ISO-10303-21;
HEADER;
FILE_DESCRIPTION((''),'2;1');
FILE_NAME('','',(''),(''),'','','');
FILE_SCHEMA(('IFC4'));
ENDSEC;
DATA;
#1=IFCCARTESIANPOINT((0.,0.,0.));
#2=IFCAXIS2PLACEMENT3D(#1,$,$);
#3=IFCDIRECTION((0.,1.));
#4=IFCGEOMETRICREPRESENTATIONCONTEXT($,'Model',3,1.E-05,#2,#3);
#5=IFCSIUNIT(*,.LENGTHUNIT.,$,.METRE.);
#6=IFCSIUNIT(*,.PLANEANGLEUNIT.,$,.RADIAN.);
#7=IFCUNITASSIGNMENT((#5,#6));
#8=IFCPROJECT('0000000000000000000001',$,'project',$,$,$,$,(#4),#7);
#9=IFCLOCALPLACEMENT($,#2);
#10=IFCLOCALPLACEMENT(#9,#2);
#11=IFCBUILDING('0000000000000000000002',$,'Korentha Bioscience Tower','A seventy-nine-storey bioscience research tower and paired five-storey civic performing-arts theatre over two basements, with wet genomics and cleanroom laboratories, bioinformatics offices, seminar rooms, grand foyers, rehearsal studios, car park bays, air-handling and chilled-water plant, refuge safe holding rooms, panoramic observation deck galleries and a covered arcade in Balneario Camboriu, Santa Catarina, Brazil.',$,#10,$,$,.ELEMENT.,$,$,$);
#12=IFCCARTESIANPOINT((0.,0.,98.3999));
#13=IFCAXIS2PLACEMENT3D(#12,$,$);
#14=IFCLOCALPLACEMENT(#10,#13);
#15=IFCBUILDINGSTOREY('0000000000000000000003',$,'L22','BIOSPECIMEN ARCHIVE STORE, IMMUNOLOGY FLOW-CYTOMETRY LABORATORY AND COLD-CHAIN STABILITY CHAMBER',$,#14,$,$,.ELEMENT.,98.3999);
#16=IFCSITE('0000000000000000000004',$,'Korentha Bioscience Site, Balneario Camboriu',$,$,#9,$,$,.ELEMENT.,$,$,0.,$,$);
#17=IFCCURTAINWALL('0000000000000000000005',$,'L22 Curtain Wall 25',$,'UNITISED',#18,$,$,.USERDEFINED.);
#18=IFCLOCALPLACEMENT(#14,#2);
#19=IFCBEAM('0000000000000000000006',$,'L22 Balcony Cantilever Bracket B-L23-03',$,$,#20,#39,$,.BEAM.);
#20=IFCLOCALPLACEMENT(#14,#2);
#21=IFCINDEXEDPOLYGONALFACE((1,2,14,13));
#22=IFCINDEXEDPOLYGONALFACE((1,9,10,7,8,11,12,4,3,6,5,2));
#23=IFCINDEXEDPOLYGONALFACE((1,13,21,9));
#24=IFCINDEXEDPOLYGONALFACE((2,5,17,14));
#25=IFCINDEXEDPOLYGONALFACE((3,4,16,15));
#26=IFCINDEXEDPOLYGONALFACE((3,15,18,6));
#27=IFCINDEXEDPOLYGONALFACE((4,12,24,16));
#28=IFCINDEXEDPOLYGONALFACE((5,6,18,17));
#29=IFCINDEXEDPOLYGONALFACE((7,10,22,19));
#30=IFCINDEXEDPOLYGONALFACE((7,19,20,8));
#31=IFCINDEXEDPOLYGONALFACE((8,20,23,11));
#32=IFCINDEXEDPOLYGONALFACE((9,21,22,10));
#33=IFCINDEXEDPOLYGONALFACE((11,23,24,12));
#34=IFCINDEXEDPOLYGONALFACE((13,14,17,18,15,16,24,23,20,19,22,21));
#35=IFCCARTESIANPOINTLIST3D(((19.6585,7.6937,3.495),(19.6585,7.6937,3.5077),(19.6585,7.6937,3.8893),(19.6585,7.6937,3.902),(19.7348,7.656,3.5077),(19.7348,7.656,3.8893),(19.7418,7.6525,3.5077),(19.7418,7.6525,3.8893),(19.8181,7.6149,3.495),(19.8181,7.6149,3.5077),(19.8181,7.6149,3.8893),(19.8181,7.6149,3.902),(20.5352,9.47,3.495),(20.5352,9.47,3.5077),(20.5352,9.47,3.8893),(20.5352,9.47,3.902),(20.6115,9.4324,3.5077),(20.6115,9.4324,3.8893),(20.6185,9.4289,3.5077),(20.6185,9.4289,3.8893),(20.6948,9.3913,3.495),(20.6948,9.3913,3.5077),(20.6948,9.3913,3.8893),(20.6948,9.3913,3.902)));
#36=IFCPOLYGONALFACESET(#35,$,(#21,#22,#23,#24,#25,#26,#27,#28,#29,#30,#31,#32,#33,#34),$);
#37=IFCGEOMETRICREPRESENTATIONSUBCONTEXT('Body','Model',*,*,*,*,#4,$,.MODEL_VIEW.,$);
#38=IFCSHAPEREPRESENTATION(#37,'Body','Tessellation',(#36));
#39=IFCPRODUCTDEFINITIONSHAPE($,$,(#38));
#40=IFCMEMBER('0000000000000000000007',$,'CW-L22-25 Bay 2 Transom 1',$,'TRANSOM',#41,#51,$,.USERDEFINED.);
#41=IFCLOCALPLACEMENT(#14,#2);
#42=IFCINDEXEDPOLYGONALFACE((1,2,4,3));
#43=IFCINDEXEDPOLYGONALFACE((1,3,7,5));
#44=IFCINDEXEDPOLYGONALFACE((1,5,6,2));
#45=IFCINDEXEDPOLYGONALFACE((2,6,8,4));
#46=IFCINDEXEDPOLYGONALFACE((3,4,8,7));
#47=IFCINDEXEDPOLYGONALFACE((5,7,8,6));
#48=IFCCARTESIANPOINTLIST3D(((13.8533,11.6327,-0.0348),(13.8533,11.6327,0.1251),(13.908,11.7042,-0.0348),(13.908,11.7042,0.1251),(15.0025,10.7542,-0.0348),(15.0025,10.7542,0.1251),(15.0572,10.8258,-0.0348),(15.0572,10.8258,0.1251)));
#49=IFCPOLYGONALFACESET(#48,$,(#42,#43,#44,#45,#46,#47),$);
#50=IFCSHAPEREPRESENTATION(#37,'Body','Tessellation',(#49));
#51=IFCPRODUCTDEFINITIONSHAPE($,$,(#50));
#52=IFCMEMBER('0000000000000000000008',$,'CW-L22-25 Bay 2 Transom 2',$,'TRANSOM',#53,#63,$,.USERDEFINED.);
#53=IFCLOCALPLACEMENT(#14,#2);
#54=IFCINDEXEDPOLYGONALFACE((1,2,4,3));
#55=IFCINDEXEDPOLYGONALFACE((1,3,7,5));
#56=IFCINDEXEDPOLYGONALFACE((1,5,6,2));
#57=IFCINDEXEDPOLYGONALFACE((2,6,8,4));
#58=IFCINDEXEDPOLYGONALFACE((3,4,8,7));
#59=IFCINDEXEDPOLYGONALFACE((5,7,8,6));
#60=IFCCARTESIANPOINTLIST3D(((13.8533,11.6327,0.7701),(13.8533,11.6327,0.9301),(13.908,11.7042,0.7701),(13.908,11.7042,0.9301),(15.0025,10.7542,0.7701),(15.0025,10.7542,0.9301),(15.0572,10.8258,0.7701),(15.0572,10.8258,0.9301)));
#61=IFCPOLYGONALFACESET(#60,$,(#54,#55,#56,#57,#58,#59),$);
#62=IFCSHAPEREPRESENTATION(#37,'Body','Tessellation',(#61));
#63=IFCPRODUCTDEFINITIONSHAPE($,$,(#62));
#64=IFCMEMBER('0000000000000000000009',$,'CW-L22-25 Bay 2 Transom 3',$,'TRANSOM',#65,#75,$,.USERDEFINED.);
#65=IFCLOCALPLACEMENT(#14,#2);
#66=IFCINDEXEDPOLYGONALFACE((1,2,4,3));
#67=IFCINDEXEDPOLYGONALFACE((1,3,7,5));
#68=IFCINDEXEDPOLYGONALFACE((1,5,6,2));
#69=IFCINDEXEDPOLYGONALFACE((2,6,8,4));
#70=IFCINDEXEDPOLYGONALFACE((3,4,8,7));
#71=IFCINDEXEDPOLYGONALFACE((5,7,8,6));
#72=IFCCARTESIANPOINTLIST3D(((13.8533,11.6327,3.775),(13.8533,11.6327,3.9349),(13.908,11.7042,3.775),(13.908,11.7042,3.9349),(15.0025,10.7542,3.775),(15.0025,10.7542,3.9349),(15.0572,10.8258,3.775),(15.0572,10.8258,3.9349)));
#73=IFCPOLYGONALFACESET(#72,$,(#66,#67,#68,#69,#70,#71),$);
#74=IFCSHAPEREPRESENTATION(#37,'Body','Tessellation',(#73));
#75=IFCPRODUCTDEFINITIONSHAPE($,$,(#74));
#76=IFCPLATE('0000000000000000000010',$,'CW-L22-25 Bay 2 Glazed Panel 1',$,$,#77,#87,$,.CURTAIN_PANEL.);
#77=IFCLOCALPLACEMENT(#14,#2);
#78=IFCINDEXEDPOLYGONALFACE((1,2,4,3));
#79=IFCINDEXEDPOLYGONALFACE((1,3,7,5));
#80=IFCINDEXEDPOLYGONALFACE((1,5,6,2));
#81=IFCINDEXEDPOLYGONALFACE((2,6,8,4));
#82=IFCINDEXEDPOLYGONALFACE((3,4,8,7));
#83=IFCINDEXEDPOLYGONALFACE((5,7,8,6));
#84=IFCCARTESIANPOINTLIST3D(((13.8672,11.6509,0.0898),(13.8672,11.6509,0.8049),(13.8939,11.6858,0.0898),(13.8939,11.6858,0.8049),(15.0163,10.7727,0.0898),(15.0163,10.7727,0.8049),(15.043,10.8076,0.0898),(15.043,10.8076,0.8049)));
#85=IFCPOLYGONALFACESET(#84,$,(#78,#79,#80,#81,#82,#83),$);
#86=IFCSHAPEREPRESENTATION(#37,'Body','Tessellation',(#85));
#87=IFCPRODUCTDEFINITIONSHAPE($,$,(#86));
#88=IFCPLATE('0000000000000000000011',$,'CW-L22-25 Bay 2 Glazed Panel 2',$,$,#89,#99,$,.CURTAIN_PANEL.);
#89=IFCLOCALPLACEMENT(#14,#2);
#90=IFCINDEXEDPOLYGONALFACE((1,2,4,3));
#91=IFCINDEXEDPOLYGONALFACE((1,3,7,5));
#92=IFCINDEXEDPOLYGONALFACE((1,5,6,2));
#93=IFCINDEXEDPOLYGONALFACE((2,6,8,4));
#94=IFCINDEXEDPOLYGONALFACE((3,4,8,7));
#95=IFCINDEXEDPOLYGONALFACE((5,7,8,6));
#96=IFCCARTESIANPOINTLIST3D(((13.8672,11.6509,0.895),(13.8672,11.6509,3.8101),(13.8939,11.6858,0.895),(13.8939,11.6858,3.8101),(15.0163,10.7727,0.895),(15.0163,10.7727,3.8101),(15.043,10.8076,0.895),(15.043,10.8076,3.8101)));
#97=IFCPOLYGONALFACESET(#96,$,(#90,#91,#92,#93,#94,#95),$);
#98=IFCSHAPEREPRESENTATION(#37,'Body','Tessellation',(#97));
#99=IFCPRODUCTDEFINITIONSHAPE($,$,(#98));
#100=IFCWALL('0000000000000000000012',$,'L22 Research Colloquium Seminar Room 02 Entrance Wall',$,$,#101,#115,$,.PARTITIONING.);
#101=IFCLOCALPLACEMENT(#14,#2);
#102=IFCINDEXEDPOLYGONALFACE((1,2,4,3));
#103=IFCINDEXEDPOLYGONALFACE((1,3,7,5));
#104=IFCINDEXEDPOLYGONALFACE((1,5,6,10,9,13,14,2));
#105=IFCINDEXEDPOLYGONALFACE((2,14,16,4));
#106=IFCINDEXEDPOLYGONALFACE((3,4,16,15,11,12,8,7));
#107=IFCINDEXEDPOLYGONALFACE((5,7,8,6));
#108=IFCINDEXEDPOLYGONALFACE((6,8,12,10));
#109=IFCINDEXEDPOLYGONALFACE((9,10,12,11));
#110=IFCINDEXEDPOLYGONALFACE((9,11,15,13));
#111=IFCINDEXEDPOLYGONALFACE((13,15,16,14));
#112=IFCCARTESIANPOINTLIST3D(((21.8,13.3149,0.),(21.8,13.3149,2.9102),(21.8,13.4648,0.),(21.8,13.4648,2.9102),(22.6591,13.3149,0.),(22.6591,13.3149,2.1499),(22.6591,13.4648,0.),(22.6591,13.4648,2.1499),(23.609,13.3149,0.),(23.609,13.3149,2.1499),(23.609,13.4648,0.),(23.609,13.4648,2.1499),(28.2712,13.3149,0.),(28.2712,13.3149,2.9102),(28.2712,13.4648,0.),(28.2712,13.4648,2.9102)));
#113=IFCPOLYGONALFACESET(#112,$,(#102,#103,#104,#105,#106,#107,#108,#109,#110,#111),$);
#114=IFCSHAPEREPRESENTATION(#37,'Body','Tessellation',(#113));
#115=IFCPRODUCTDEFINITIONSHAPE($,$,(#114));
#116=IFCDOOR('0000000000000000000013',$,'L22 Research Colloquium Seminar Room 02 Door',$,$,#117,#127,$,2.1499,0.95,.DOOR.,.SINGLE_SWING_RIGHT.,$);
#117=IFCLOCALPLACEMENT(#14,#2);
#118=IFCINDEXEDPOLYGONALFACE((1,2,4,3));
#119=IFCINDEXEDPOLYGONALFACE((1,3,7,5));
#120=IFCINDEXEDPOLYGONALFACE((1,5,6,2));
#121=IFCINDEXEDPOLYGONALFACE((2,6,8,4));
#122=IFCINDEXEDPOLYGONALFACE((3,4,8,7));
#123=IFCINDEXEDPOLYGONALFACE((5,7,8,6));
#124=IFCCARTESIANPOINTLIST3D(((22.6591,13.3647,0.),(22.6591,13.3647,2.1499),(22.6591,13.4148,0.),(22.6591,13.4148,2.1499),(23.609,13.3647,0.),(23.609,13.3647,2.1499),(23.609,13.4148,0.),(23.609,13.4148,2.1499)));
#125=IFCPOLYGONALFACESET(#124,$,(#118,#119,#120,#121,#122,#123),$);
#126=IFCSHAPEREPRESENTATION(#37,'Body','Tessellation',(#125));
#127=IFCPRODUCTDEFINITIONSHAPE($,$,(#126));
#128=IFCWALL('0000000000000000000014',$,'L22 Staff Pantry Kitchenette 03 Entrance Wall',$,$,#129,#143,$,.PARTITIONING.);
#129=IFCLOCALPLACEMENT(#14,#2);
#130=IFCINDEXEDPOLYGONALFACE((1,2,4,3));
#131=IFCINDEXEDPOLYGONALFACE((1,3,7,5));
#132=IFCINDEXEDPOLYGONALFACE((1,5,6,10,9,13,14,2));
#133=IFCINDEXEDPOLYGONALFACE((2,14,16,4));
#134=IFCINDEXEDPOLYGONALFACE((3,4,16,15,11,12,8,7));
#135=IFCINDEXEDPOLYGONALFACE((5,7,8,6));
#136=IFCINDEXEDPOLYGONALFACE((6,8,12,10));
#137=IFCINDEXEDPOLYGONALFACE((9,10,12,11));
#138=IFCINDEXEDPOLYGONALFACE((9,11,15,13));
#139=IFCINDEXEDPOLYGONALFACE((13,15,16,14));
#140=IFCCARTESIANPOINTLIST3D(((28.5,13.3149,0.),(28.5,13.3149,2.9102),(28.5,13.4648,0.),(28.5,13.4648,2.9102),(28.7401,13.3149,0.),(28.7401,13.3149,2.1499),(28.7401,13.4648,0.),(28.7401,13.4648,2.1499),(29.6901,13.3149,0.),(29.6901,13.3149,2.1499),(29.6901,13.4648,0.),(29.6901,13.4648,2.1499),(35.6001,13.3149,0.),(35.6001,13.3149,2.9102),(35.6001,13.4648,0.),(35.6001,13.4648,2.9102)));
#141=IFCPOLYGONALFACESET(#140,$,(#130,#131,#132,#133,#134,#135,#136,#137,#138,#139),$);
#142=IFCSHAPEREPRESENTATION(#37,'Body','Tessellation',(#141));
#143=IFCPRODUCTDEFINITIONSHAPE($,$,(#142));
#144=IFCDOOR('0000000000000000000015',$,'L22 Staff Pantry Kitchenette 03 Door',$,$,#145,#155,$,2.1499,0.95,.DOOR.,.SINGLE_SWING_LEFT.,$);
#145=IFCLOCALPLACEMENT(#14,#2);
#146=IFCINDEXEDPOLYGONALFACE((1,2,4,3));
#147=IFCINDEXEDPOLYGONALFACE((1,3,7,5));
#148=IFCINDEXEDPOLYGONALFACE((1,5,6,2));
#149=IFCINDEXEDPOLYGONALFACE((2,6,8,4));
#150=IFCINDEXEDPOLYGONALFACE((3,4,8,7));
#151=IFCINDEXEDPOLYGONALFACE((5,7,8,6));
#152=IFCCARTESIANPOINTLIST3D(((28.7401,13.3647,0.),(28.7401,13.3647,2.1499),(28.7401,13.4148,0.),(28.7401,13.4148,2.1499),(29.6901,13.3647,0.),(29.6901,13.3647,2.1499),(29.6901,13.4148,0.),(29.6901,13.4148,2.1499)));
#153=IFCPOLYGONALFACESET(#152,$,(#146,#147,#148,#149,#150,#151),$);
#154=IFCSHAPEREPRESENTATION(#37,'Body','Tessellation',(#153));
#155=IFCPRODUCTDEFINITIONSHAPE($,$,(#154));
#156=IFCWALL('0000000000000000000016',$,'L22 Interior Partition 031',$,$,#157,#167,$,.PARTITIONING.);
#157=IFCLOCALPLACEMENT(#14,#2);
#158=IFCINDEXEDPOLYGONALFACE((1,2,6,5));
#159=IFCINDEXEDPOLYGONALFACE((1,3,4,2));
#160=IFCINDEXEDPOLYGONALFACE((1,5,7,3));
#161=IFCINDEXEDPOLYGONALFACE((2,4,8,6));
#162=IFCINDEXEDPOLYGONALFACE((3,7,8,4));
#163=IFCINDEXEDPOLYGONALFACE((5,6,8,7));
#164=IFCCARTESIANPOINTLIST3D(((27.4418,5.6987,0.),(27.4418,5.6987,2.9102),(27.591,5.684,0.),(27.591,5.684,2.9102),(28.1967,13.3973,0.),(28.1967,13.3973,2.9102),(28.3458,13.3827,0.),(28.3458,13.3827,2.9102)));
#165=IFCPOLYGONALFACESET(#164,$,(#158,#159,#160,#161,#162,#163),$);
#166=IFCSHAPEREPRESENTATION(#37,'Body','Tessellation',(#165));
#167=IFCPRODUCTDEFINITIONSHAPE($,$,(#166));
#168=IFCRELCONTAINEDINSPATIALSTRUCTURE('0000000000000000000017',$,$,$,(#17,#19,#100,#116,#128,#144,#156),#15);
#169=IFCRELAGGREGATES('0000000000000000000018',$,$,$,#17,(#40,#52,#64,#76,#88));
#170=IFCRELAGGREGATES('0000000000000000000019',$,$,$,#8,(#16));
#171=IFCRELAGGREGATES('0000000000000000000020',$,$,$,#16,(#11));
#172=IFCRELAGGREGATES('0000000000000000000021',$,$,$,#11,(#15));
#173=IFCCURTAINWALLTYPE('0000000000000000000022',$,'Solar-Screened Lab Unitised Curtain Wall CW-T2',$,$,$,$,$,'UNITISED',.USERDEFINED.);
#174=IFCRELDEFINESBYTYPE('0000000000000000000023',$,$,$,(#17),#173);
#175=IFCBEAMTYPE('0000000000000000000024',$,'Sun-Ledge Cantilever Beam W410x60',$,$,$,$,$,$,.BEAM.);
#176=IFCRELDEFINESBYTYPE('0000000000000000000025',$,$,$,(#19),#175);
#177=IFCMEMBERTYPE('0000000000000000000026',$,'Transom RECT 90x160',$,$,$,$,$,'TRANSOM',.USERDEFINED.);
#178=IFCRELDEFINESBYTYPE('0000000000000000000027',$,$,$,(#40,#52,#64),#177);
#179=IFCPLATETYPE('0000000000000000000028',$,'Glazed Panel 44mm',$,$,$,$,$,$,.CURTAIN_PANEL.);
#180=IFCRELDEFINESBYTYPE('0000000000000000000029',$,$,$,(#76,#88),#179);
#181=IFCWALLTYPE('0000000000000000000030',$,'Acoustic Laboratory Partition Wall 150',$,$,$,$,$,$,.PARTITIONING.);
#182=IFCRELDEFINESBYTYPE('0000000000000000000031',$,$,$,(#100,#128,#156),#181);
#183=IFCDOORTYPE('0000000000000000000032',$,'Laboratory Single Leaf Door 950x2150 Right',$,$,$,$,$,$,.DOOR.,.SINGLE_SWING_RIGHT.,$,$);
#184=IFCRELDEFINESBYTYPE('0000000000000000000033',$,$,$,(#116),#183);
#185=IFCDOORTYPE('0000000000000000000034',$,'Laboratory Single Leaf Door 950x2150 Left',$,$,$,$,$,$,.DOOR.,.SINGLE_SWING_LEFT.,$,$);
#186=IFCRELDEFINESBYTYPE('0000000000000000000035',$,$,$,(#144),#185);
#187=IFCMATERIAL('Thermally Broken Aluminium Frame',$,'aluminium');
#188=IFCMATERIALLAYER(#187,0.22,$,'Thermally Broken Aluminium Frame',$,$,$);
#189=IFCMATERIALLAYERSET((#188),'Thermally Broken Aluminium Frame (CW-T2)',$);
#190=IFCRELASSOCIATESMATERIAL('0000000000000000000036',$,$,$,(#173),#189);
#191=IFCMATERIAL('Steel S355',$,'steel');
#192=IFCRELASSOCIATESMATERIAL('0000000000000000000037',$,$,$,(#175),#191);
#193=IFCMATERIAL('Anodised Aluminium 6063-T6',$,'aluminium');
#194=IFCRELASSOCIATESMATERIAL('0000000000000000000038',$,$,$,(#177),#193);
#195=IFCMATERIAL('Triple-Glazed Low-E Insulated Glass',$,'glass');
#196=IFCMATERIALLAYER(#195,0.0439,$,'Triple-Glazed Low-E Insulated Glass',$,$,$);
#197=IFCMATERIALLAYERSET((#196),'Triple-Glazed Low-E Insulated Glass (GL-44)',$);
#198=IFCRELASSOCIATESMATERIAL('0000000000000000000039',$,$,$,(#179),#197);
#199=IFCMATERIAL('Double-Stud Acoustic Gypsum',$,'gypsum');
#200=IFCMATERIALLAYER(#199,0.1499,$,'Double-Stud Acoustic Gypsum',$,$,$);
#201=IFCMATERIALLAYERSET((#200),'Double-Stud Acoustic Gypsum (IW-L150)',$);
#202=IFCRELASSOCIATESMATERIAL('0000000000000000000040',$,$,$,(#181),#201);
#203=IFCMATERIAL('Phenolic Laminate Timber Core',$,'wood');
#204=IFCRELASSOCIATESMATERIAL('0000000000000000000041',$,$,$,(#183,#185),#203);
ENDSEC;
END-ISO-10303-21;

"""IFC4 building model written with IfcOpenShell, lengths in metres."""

from ifc_helpers import new_model, si_unit, direction, frame, frame_2d, origin, origin_2d, place, context, subcontext, project, spatial, rectangle, i_section, extrude, material, layer, layer_set, material_profile, profile_set, type_object, element, fill, aggregate, save


model = new_model("IFC4")

# Units and contexts
model_context = context("Model", 3, precision=1e-05, world=origin(), true_north=direction((0.0, 1.0)))
body_context = subcontext(model_context, "Body", "Model", "MODEL_VIEW")
ifc_project = project(units=[si_unit("LENGTHUNIT", "METRE"), si_unit("PLANEANGLEUNIT", "RADIAN")], contexts=[model_context])

# Site, building, storey
site_placement = place(None, origin())
site = spatial("IfcSite", under=ifc_project, at=site_placement, Name="Korentha Bioscience Site, Balneario Camboriu", CompositionType="ELEMENT", RefElevation=0.0)
building_placement = place(site_placement, origin())
building = spatial("IfcBuilding", under=site, at=building_placement, Name="Korentha Bioscience Tower", Description="A seventy-nine-storey bioscience research tower and paired five-storey civic performing-arts theatre over two basements, with wet genomics and cleanroom laboratories, bioinformatics offices, seminar rooms, grand foyers, rehearsal studios, car park bays, air-handling and chilled-water plant, refuge safe holding rooms, panoramic observation deck galleries and a covered arcade in Balneario Camboriu, Santa Catarina, Brazil.", CompositionType="ELEMENT")
storey_placement = place(building_placement, frame((0.0, 0.0, 98.3999)))
storey = spatial("IfcBuildingStorey", under=building, at=storey_placement, Name="L22", Description="BIOSPECIMEN ARCHIVE STORE, IMMUNOLOGY FLOW-CYTOMETRY LABORATORY AND COLD-CHAIN STABILITY CHAMBER", CompositionType="ELEMENT", Elevation=98.3999)

# Curtain wall
ifc_material_1 = material(Name="Thermally Broken Aluminium Frame", Category="aluminium")
ifc_layer_1 = layer(ifc_material_1, 0.22, Name="Thermally Broken Aluminium Frame")
ifc_layer_set_1 = layer_set([ifc_layer_1], Name="Thermally Broken Aluminium Frame (CW-T2)")
curtain_wall_type = type_object("IfcCurtainWallType", Name="Solar-Screened Lab Unitised Curtain Wall CW-T2", ElementType="UNITISED", PredefinedType="USERDEFINED", material=ifc_layer_set_1)
curtain_wall_placement = place(storey_placement, origin())
curtain_wall = element("IfcCurtainWall", 1, at=curtain_wall_placement, inside=storey, type_object=curtain_wall_type, Name="L22 Curtain Wall 25", ObjectType="UNITISED", PredefinedType="USERDEFINED")
ifc_material_2 = material(Name="Anodised Aluminium 6063-T6", Category="aluminium")

# Beam
ifc_material_3 = material(Name="Steel S355", Category="steel")
ifc_material_profile_1 = material_profile(ifc_material_3, i_section(OverallWidth=0.178, OverallDepth=0.407, WebThickness=0.0078, FlangeThickness=0.0127, at=origin_2d()), Name="Steel S355")
ifc_profile_set_1 = profile_set([ifc_material_profile_1], Name="Steel S355 (CB-410)")
beam_type_1 = type_object("IfcBeamType", Name="Sun-Ledge Cantilever Beam W410x60", PredefinedType="BEAM", material=ifc_profile_set_1)
beam_1_placement = place(storey_placement, frame((20.615, 9.4307, 3.6985), z_axis=(-0.442574, -0.896732, 0.0), x_axis=(0.896732, -0.442574, 0.0)))
element("IfcBeam", 2, at=beam_1_placement, inside=storey, type_object=beam_type_1, Name="L22 Balcony Cantilever Bracket B-L23-03", PredefinedType="BEAM", context=body_context, shape_type="SweptSolid", body=[
    extrude(i_section(OverallWidth=0.178, OverallDepth=0.407, WebThickness=0.0078, FlangeThickness=0.0127, at=origin_2d()), origin(), (0.0, 0.0, 1.0), 1.981),
])

# Members
ifc_material_profile_2 = material_profile(ifc_material_2, rectangle(XDim=0.0901, YDim=0.1599, at=origin_2d()), Name="Anodised Aluminium 6063-T6")
ifc_profile_set_2 = profile_set([ifc_material_profile_2], Name="Anodised Aluminium 6063-T6 (CW-TRN)")
member_type_1 = type_object("IfcMemberType", Name="Transom RECT 90x160", ElementType="TRANSOM", PredefinedType="USERDEFINED", material=ifc_profile_set_2)
member_1_placement = place(storey_placement, frame((13.8806, 11.6685, 0.0452), z_axis=(0.794478, -0.607293, 0.0), x_axis=(0.607293, 0.794478, 0.0)))
member_1 = element("IfcMember", 3, at=member_1_placement, type_object=member_type_1, Name="CW-L22-25 Bay 2 Transom 1", ObjectType="TRANSOM", PredefinedType="USERDEFINED", context=body_context, shape_type="SweptSolid", body=[
    extrude(rectangle(XDim=0.0901, YDim=0.1599, at=origin_2d()), origin(), (0.0, 0.0, 1.0), 1.4465),
])
member_2_placement = place(storey_placement, frame((13.8806, 11.6685, 0.8501), z_axis=(0.794478, -0.607293, 0.0), x_axis=(0.607293, 0.794478, 0.0)))
member_2 = element("IfcMember", 4, at=member_2_placement, type_object=member_type_1, Name="CW-L22-25 Bay 2 Transom 2", ObjectType="TRANSOM", PredefinedType="USERDEFINED", context=body_context, shape_type="SweptSolid", body=[
    extrude(rectangle(XDim=0.0901, YDim=0.1599, at=origin_2d()), origin(), (0.0, 0.0, 1.0), 1.4465),
])
member_3_placement = place(storey_placement, frame((13.8806, 11.6685, 3.855), z_axis=(0.794478, -0.607293, 0.0), x_axis=(0.607293, 0.794478, 0.0)))
member_3 = element("IfcMember", 5, at=member_3_placement, type_object=member_type_1, Name="CW-L22-25 Bay 2 Transom 3", ObjectType="TRANSOM", PredefinedType="USERDEFINED", context=body_context, shape_type="SweptSolid", body=[
    extrude(rectangle(XDim=0.0901, YDim=0.1599, at=origin_2d()), origin(), (0.0, 0.0, 1.0), 1.4465),
])

# Plates
ifc_material_4 = material(Name="Triple-Glazed Low-E Insulated Glass", Category="glass")
ifc_layer_2 = layer(ifc_material_4, 0.0439, Name="Triple-Glazed Low-E Insulated Glass")
ifc_layer_set_2 = layer_set([ifc_layer_2], Name="Triple-Glazed Low-E Insulated Glass (GL-44)")
plate_type = type_object("IfcPlateType", Name="Glazed Panel 44mm", PredefinedType="CURTAIN_PANEL", material=ifc_layer_set_2)
plate_1_placement = place(storey_placement, frame((14.4551, 11.2292, 0.0898), z_axis=(0.0, 0.0, 1.0), x_axis=(0.7945, -0.607265, 0.0)))
plate_1 = element("IfcPlate", 6, at=plate_1_placement, type_object=plate_type, Name="CW-L22-25 Bay 2 Glazed Panel 1", PredefinedType="CURTAIN_PANEL", context=body_context, shape_type="SweptSolid", body=[
    extrude(rectangle(XDim=1.4463, YDim=0.0439, at=origin_2d()), origin(), (0.0, 0.0, 1.0), 0.7151),
])
plate_2_placement = place(storey_placement, frame((14.4551, 11.2292, 0.895), z_axis=(0.0, 0.0, 1.0), x_axis=(0.7945, -0.607265, 0.0)))
plate_2 = element("IfcPlate", 7, at=plate_2_placement, type_object=plate_type, Name="CW-L22-25 Bay 2 Glazed Panel 2", PredefinedType="CURTAIN_PANEL", context=body_context, shape_type="SweptSolid", body=[
    extrude(rectangle(XDim=1.4463, YDim=0.0439, at=origin_2d()), origin(), (0.0, 0.0, 1.0), 2.915),
])
aggregate(curtain_wall, [member_1, member_2, member_3, plate_1, plate_2])

# Walls, openings, doors
ifc_material_5 = material(Name="Double-Stud Acoustic Gypsum", Category="gypsum")
ifc_layer_3 = layer(ifc_material_5, 0.1499, Name="Double-Stud Acoustic Gypsum")
ifc_layer_set_3 = layer_set([ifc_layer_3], Name="Double-Stud Acoustic Gypsum (IW-L150)")
wall_type_1 = type_object("IfcWallType", Name="Acoustic Laboratory Partition Wall 150", PredefinedType="PARTITIONING", material=ifc_layer_set_3)
wall_1_placement = place(storey_placement, frame((21.8, 13.3899, 0.0), z_axis=(0.0, 0.0, 1.0), x_axis=(1.0, 0.0, 0.0)))
wall_1 = element("IfcWall", 8, at=wall_1_placement, inside=storey, type_object=wall_type_1, Name="L22 Research Colloquium Seminar Room 02 Entrance Wall", PredefinedType="PARTITIONING", context=body_context, shape_type="SweptSolid", body=[
    extrude(rectangle(XDim=6.4712, YDim=0.1499, at=frame_2d((3.2356, 0.0))), origin(), (0.0, 0.0, 1.0), 2.9102),
])
opening_1_placement = place(wall_1_placement, frame((0.8589, 0.0, 0.0)))
opening_1 = element("IfcOpeningElement", 9, at=opening_1_placement, cuts=wall_1, PredefinedType="OPENING", context=body_context, shape_type="SweptSolid", body=[
    extrude(rectangle(XDim=0.95, YDim=2.1499, at=frame_2d((0.4751, 1.075))), frame((0.0, 0.0898, 0.0), z_axis=(0.0, -1.0, 0.0), x_axis=(1.0, 0.0, 0.0)), (0.0, 0.0, 1.0), 0.1797),
])
ifc_material_6 = material(Name="Phenolic Laminate Timber Core", Category="wood")
door_type_1 = type_object("IfcDoorType", Name="Laboratory Single Leaf Door 950x2150 Right", OperationType="SINGLE_SWING_RIGHT", PredefinedType="DOOR", material=ifc_material_6)
door_1_placement = place(opening_1_placement, origin())
door_1 = element("IfcDoor", 10, at=door_1_placement, inside=storey, type_object=door_type_1, Name="L22 Research Colloquium Seminar Room 02 Door", OperationType="SINGLE_SWING_RIGHT", OverallHeight=2.1499, OverallWidth=0.95, PredefinedType="DOOR", context=body_context, shape_type="SweptSolid", body=[
    extrude(rectangle(XDim=0.95, YDim=2.1499, at=frame_2d((0.4751, 1.075))), frame((0.0, 0.0249, 0.0), z_axis=(0.0, -1.0, 0.0), x_axis=(1.0, 0.0, 0.0)), (0.0, 0.0, 1.0), 0.05),
])
fill(opening_1, door_1)
wall_2_placement = place(storey_placement, frame((28.5, 13.3899, 0.0), z_axis=(0.0, 0.0, 1.0), x_axis=(1.0, 0.0, 0.0)))
wall_2 = element("IfcWall", 11, at=wall_2_placement, inside=storey, type_object=wall_type_1, Name="L22 Staff Pantry Kitchenette 03 Entrance Wall", PredefinedType="PARTITIONING", context=body_context, shape_type="SweptSolid", body=[
    extrude(rectangle(XDim=7.1001, YDim=0.1499, at=frame_2d((3.55, 0.0))), origin(), (0.0, 0.0, 1.0), 2.9102),
])
opening_2_placement = place(wall_2_placement, frame((0.24, 0.0, 0.0)))
opening_2 = element("IfcOpeningElement", 12, at=opening_2_placement, cuts=wall_2, PredefinedType="OPENING", context=body_context, shape_type="SweptSolid", body=[
    extrude(rectangle(XDim=0.95, YDim=2.1499, at=frame_2d((0.4751, 1.075))), frame((0.0, 0.0898, 0.0), z_axis=(0.0, -1.0, 0.0), x_axis=(1.0, 0.0, 0.0)), (0.0, 0.0, 1.0), 0.1797),
])
door_type_2 = type_object("IfcDoorType", Name="Laboratory Single Leaf Door 950x2150 Left", OperationType="SINGLE_SWING_LEFT", PredefinedType="DOOR", material=ifc_material_6)
door_2_placement = place(opening_2_placement, origin())
door_2 = element("IfcDoor", 13, at=door_2_placement, inside=storey, type_object=door_type_2, Name="L22 Staff Pantry Kitchenette 03 Door", OperationType="SINGLE_SWING_LEFT", OverallHeight=2.1499, OverallWidth=0.95, PredefinedType="DOOR", context=body_context, shape_type="SweptSolid", body=[
    extrude(rectangle(XDim=0.95, YDim=2.1499, at=frame_2d((0.4751, 1.075))), frame((0.0, 0.0249, 0.0), z_axis=(0.0, -1.0, 0.0), x_axis=(1.0, 0.0, 0.0)), (0.0, 0.0, 1.0), 0.05),
])
fill(opening_2, door_2)

# Wall
wall_3_placement = place(storey_placement, frame((28.2712, 13.3899, 0.0), z_axis=(0.0, 0.0, 1.0), x_axis=(-0.097585, -0.995227, 0.0)))
element("IfcWall", 14, at=wall_3_placement, inside=storey, type_object=wall_type_1, Name="L22 Interior Partition 031", PredefinedType="PARTITIONING", context=body_context, shape_type="SweptSolid", body=[
    extrude(rectangle(XDim=7.7356, YDim=0.1499, at=frame_2d((3.8677, 0.0))), origin(), (0.0, 0.0, 1.0), 2.9102),
])

save(model, "model.ifc")
